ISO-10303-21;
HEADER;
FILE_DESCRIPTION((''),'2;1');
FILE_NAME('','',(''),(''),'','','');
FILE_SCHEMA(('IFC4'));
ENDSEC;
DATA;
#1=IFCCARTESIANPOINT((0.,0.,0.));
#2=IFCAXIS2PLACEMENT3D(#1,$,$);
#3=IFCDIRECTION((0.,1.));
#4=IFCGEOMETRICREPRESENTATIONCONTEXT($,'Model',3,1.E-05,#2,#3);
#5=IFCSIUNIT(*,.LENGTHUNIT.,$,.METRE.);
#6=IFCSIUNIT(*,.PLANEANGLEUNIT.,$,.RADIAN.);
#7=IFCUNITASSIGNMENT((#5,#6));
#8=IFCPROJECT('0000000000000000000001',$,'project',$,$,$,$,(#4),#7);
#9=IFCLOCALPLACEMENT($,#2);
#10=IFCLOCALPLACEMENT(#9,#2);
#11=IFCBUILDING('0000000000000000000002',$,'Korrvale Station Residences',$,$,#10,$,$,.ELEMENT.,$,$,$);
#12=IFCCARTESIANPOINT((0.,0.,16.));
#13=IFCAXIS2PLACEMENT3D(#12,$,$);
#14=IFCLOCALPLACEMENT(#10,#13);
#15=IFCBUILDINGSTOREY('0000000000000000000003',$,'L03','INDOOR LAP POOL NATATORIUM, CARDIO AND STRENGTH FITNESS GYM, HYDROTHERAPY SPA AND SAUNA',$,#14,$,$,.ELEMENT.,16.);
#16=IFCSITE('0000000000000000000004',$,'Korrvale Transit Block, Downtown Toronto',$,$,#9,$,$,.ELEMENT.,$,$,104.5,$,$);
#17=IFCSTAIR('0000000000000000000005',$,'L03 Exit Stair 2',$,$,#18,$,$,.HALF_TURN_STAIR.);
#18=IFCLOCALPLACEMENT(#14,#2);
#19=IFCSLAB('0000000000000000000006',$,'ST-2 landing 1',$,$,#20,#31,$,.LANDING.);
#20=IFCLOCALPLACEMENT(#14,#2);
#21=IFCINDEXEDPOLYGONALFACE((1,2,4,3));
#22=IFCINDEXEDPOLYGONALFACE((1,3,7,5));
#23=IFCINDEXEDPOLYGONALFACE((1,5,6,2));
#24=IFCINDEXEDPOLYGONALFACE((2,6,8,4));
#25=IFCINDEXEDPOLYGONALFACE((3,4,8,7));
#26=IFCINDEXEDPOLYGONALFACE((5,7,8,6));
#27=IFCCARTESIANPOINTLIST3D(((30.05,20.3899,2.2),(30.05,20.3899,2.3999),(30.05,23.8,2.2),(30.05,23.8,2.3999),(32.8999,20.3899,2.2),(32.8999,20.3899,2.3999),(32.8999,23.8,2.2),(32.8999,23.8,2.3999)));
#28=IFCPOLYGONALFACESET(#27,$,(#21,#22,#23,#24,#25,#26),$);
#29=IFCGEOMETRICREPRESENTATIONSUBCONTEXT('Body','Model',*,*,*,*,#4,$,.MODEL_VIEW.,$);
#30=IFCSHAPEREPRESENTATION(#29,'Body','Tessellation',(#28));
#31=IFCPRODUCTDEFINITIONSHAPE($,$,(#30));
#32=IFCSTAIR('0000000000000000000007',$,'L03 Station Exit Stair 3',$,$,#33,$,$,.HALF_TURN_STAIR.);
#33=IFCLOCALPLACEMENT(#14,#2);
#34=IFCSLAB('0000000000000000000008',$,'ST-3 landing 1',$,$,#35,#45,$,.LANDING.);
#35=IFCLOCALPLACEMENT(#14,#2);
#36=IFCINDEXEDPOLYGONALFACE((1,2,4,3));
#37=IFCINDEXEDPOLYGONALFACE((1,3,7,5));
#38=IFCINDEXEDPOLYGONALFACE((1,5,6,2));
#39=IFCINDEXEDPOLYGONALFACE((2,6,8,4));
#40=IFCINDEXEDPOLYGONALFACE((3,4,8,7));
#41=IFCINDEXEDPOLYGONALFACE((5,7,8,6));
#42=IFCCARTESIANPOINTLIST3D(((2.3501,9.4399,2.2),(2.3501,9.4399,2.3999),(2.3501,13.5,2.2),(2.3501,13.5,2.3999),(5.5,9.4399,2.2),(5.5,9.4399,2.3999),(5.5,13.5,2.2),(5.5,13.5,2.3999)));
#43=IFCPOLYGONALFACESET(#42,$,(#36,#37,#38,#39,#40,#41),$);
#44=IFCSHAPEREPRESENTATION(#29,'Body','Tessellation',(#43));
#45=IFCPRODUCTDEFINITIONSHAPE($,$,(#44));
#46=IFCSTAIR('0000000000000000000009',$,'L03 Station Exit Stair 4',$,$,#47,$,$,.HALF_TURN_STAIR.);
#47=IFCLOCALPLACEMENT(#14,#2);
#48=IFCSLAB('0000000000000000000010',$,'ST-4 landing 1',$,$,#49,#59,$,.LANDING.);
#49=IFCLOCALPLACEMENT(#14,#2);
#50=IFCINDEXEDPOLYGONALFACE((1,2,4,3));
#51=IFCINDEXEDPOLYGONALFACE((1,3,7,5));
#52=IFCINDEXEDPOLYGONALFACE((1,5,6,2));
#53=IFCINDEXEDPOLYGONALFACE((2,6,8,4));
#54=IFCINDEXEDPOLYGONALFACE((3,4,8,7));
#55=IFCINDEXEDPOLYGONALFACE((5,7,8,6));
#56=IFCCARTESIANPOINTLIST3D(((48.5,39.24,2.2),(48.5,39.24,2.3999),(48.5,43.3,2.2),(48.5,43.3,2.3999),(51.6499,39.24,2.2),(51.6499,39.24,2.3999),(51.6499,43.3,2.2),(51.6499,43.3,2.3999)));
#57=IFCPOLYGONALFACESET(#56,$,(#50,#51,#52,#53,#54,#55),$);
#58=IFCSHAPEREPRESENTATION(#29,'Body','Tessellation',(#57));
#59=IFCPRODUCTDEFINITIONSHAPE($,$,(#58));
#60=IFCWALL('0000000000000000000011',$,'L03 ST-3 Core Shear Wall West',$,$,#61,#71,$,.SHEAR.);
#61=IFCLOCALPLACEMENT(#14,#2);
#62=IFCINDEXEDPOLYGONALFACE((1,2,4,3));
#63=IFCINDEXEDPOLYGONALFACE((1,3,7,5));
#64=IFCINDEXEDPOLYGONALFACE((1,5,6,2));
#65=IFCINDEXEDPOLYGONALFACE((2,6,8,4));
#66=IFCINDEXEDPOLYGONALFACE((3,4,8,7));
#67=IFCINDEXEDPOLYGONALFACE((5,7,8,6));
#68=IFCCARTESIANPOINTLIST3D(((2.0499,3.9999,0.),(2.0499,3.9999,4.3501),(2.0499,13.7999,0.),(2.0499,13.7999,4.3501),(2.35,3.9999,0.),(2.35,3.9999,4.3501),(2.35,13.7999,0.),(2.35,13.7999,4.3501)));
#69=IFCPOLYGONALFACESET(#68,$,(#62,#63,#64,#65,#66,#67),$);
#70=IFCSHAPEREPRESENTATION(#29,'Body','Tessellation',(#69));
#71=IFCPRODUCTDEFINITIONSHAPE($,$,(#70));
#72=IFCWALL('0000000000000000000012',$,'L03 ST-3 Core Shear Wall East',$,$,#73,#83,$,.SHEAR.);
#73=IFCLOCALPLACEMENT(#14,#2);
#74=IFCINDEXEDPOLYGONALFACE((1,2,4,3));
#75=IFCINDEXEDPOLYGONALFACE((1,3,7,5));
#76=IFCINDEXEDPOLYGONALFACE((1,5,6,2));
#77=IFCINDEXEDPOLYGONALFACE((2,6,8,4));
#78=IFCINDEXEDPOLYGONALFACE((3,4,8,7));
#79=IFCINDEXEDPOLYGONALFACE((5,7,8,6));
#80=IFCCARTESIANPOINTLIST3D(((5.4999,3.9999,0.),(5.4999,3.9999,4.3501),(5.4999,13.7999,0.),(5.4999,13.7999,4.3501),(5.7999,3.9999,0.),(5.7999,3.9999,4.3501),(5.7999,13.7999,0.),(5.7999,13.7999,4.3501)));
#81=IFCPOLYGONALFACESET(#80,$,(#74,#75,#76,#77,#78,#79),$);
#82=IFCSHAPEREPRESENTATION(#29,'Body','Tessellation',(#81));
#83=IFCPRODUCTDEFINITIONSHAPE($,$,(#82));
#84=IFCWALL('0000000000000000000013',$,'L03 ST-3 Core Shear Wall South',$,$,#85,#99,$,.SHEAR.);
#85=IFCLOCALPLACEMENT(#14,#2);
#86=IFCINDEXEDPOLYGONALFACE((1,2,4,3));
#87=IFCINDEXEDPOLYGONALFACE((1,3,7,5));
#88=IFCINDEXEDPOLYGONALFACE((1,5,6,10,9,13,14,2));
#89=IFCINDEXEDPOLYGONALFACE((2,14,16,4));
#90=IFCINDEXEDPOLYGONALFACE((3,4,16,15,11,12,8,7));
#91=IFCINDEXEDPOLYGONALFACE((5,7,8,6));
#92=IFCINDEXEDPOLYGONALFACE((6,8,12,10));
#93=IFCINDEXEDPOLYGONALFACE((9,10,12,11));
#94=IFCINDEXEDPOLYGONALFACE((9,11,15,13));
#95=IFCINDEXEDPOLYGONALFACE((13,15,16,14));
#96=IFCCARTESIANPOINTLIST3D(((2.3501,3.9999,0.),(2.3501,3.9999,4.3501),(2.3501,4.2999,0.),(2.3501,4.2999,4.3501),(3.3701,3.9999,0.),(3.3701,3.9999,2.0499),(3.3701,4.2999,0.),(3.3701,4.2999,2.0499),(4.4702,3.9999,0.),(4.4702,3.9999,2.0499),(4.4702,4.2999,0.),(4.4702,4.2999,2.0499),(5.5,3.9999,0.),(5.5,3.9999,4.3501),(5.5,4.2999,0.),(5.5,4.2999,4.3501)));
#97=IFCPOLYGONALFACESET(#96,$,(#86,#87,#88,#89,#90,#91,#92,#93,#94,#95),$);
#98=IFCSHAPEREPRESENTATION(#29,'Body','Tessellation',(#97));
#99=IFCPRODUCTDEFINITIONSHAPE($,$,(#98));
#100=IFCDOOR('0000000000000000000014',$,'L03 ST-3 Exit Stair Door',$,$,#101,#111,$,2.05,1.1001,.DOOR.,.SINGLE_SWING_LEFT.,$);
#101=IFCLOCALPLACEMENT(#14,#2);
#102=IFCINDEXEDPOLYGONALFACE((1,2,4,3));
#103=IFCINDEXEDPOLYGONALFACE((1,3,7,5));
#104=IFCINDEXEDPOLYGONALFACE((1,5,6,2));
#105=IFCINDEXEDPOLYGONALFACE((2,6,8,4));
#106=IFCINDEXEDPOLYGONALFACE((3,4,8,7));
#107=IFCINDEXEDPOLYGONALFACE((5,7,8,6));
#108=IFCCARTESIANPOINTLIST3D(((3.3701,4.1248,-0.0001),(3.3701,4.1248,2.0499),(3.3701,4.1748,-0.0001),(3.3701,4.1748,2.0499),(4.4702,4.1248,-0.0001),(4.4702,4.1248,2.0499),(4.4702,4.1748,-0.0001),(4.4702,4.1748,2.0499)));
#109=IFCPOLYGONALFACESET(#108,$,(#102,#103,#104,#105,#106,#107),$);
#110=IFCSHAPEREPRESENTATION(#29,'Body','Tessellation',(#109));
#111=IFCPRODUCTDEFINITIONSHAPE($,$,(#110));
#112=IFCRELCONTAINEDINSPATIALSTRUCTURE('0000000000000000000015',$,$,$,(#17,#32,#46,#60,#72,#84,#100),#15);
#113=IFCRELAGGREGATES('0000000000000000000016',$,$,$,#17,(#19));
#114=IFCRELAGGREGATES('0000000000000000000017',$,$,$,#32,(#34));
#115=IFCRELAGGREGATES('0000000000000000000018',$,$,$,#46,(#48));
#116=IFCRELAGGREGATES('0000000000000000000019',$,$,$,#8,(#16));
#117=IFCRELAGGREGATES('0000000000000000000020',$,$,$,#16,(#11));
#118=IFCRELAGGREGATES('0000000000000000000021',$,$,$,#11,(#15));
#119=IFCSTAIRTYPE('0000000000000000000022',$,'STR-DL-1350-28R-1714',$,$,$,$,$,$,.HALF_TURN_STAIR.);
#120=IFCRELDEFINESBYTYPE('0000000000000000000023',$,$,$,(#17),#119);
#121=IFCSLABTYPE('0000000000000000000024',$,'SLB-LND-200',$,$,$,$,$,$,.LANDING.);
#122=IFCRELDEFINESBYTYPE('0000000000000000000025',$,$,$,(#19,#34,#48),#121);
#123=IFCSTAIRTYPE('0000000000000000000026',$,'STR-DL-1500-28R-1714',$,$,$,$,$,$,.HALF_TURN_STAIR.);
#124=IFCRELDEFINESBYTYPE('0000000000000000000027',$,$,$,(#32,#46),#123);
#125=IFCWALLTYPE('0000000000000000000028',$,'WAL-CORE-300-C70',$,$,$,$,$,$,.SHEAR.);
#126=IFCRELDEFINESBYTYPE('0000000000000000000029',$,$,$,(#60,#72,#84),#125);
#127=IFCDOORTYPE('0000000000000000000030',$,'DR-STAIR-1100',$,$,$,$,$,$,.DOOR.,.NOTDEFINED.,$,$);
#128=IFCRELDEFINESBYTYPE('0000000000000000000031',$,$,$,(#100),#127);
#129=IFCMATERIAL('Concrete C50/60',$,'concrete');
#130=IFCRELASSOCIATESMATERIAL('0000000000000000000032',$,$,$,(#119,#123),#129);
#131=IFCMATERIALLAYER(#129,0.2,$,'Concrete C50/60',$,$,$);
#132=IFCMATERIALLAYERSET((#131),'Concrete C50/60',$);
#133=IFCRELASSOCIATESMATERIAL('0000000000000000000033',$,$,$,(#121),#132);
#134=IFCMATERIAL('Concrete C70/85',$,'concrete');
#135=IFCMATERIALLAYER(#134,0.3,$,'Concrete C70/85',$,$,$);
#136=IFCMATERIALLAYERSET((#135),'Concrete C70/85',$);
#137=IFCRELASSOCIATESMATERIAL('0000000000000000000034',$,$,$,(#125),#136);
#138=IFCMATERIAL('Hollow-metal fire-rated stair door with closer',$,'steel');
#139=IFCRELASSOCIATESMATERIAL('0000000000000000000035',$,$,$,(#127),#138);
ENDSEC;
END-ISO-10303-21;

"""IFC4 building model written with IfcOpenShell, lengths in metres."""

from ifc_helpers import new_model, si_unit, direction, frame, frame_2d, origin, place, context, subcontext, project, spatial, polyline, rectangle, outline, extrude, material, layer, layer_set, type_object, element, fill, aggregate, save


model = new_model("IFC4")

# Units and contexts
model_context = context("Model", 3, precision=1e-05, world=origin(), true_north=direction((0.0, 1.0)))
body_context = subcontext(model_context, "Body", "Model", "MODEL_VIEW")
ifc_project = project(units=[si_unit("LENGTHUNIT", "METRE"), si_unit("PLANEANGLEUNIT", "RADIAN")], contexts=[model_context])

# Site, building, storey
site_placement = place(None, origin())
site = spatial("IfcSite", under=ifc_project, at=site_placement, Name="Korrvale Transit Block, Downtown Toronto", CompositionType="ELEMENT", RefElevation=104.5)
building_placement = place(site_placement, origin())
building = spatial("IfcBuilding", under=site, at=building_placement, Name="Korrvale Station Residences", CompositionType="ELEMENT")
storey_placement = place(building_placement, frame((0.0, 0.0, 16.0)))
storey = spatial("IfcBuildingStorey", under=building, at=storey_placement, Name="L03", Description="INDOOR LAP POOL NATATORIUM, CARDIO AND STRENGTH FITNESS GYM, HYDROTHERAPY SPA AND SAUNA", CompositionType="ELEMENT", Elevation=16.0)

# Shared definitions
ifc_material_1 = material(Name="Concrete C70/85", Category="concrete")

# Shared definitions
ifc_material_2 = material(Name="Concrete C50/60", Category="concrete")

# Stairs, slabs
stair_type_1 = type_object("IfcStairType", Name="STR-DL-1350-28R-1714", PredefinedType="HALF_TURN_STAIR", material=ifc_material_2)
ifc_layer_1 = layer(ifc_material_2, 0.2, Name="Concrete C50/60")
ifc_layer_set_1 = layer_set([ifc_layer_1], Name="Concrete C50/60")
slab_type_1 = type_object("IfcSlabType", Name="SLB-LND-200", PredefinedType="LANDING", material=ifc_layer_set_1)
stair_1_placement = place(storey_placement, origin())
stair_1 = element("IfcStair", 1, at=stair_1_placement, inside=storey, type_object=stair_type_1, Name="L03 Exit Stair 2", PredefinedType="HALF_TURN_STAIR")
slab_1_placement = place(storey_placement, frame((0.0, 0.0, 2.2)))
slab_1 = element("IfcSlab", 2, at=slab_1_placement, type_object=slab_type_1, Name="ST-2 landing 1", PredefinedType="LANDING", context=body_context, shape_type="SweptSolid", body=[
    extrude(outline(polyline([(32.8999, 20.3899), (32.8999, 23.8), (30.05, 23.8), (30.05, 20.3899), (32.8999, 20.3899)])), origin(), (0.0, 0.0, 1.0), 0.2),
])
aggregate(stair_1, [slab_1])
stair_type_2 = type_object("IfcStairType", Name="STR-DL-1500-28R-1714", PredefinedType="HALF_TURN_STAIR", material=ifc_material_2)
stair_2_placement = place(storey_placement, origin())
stair_2 = element("IfcStair", 3, at=stair_2_placement, inside=storey, type_object=stair_type_2, Name="L03 Station Exit Stair 3", PredefinedType="HALF_TURN_STAIR")
slab_2_placement = place(storey_placement, frame((0.0, 0.0, 2.2)))
slab_2 = element("IfcSlab", 4, at=slab_2_placement, type_object=slab_type_1, Name="ST-3 landing 1", PredefinedType="LANDING", context=body_context, shape_type="SweptSolid", body=[
    extrude(outline(polyline([(5.5, 9.4399), (5.5, 13.5), (2.3501, 13.5), (2.3501, 9.4399), (5.5, 9.4399)])), origin(), (0.0, 0.0, 1.0), 0.2),
])
aggregate(stair_2, [slab_2])
stair_3_placement = place(storey_placement, origin())
stair_3 = element("IfcStair", 5, at=stair_3_placement, inside=storey, type_object=stair_type_2, Name="L03 Station Exit Stair 4", PredefinedType="HALF_TURN_STAIR")
slab_3_placement = place(storey_placement, frame((0.0, 0.0, 2.2)))
slab_3 = element("IfcSlab", 6, at=slab_3_placement, type_object=slab_type_1, Name="ST-4 landing 1", PredefinedType="LANDING", context=body_context, shape_type="SweptSolid", body=[
    extrude(outline(polyline([(51.6499, 39.24), (51.6499, 43.3), (48.5, 43.3), (48.5, 39.24), (51.6499, 39.24)])), origin(), (0.0, 0.0, 1.0), 0.2),
])
aggregate(stair_3, [slab_3])

# Walls
ifc_layer_2 = layer(ifc_material_1, 0.3, Name="Concrete C70/85")
ifc_layer_set_2 = layer_set([ifc_layer_2], Name="Concrete C70/85")
wall_type_1 = type_object("IfcWallType", Name="WAL-CORE-300-C70", PredefinedType="SHEAR", material=ifc_layer_set_2)
for number, where, z_axis, x_axis, name in (
    (7, (2.2, 4.0, 0.0), (0.0, 0.0, 1.0), (0.0, 1.0, 0.0), "L03 ST-3 Core Shear Wall West"),
    (8, (5.6499, 4.0, 0.0), (0.0, 0.0, 1.0), (0.0, 1.0, 0.0), "L03 ST-3 Core Shear Wall East"),
):
    element("IfcWall", number, at=place(storey_placement, frame(where, z_axis=z_axis, x_axis=x_axis)), inside=storey, type_object=wall_type_1, Name=name, PredefinedType="SHEAR", context=body_context, shape_type="SweptSolid", body=[
        extrude(rectangle(XDim=9.8, YDim=0.3, at=frame_2d((4.8999, 0.0))), origin(), (0.0, 0.0, 1.0), 4.3501),
    ])

# Wall, opening, door
wall_1_placement = place(storey_placement, frame((2.3501, 4.1499, 0.0), z_axis=(0.0, 0.0, 1.0), x_axis=(1.0, 0.0, 0.0)))
wall_1 = element("IfcWall", 9, at=wall_1_placement, inside=storey, type_object=wall_type_1, Name="L03 ST-3 Core Shear Wall South", PredefinedType="SHEAR", context=body_context, shape_type="SweptSolid", body=[
    extrude(rectangle(XDim=3.1499, YDim=0.3, at=frame_2d((1.575, 0.0))), origin(), (0.0, 0.0, 1.0), 4.3501),
])
opening_1_placement = place(wall_1_placement, frame((1.02, 0.0, 0.0)))
opening_1 = element("IfcOpeningElement", 10, at=opening_1_placement, cuts=wall_1, PredefinedType="OPENING", context=body_context, shape_type="SweptSolid", body=[
    extrude(rectangle(XDim=1.1001, YDim=2.05, at=frame_2d((0.55, 1.0249))), frame((0.0, 0.1602, 0.0), z_axis=(0.0, -1.0, 0.0), x_axis=(1.0, 0.0, 0.0)), (0.0, 0.0, 1.0), 0.3201),
])
ifc_material_3 = material(Name="Hollow-metal fire-rated stair door with closer", Category="steel")
door_type = type_object("IfcDoorType", Name="DR-STAIR-1100", OperationType="NOTDEFINED", PredefinedType="DOOR", material=ifc_material_3)
door_placement = place(opening_1_placement, origin())
door = element("IfcDoor", 11, at=door_placement, inside=storey, type_object=door_type, Name="L03 ST-3 Exit Stair Door", OperationType="SINGLE_SWING_LEFT", OverallHeight=2.05, OverallWidth=1.1001, PredefinedType="DOOR", context=body_context, shape_type="SweptSolid", body=[
    extrude(rectangle(XDim=1.1001, YDim=2.05, at=frame_2d((0.55, 1.0249))), frame((0.0, 0.0249, 0.0), z_axis=(0.0, -1.0, 0.0), x_axis=(1.0, 0.0, 0.0)), (0.0, 0.0, 1.0), 0.05),
])
fill(opening_1, door)

save(model, "model.ifc")
